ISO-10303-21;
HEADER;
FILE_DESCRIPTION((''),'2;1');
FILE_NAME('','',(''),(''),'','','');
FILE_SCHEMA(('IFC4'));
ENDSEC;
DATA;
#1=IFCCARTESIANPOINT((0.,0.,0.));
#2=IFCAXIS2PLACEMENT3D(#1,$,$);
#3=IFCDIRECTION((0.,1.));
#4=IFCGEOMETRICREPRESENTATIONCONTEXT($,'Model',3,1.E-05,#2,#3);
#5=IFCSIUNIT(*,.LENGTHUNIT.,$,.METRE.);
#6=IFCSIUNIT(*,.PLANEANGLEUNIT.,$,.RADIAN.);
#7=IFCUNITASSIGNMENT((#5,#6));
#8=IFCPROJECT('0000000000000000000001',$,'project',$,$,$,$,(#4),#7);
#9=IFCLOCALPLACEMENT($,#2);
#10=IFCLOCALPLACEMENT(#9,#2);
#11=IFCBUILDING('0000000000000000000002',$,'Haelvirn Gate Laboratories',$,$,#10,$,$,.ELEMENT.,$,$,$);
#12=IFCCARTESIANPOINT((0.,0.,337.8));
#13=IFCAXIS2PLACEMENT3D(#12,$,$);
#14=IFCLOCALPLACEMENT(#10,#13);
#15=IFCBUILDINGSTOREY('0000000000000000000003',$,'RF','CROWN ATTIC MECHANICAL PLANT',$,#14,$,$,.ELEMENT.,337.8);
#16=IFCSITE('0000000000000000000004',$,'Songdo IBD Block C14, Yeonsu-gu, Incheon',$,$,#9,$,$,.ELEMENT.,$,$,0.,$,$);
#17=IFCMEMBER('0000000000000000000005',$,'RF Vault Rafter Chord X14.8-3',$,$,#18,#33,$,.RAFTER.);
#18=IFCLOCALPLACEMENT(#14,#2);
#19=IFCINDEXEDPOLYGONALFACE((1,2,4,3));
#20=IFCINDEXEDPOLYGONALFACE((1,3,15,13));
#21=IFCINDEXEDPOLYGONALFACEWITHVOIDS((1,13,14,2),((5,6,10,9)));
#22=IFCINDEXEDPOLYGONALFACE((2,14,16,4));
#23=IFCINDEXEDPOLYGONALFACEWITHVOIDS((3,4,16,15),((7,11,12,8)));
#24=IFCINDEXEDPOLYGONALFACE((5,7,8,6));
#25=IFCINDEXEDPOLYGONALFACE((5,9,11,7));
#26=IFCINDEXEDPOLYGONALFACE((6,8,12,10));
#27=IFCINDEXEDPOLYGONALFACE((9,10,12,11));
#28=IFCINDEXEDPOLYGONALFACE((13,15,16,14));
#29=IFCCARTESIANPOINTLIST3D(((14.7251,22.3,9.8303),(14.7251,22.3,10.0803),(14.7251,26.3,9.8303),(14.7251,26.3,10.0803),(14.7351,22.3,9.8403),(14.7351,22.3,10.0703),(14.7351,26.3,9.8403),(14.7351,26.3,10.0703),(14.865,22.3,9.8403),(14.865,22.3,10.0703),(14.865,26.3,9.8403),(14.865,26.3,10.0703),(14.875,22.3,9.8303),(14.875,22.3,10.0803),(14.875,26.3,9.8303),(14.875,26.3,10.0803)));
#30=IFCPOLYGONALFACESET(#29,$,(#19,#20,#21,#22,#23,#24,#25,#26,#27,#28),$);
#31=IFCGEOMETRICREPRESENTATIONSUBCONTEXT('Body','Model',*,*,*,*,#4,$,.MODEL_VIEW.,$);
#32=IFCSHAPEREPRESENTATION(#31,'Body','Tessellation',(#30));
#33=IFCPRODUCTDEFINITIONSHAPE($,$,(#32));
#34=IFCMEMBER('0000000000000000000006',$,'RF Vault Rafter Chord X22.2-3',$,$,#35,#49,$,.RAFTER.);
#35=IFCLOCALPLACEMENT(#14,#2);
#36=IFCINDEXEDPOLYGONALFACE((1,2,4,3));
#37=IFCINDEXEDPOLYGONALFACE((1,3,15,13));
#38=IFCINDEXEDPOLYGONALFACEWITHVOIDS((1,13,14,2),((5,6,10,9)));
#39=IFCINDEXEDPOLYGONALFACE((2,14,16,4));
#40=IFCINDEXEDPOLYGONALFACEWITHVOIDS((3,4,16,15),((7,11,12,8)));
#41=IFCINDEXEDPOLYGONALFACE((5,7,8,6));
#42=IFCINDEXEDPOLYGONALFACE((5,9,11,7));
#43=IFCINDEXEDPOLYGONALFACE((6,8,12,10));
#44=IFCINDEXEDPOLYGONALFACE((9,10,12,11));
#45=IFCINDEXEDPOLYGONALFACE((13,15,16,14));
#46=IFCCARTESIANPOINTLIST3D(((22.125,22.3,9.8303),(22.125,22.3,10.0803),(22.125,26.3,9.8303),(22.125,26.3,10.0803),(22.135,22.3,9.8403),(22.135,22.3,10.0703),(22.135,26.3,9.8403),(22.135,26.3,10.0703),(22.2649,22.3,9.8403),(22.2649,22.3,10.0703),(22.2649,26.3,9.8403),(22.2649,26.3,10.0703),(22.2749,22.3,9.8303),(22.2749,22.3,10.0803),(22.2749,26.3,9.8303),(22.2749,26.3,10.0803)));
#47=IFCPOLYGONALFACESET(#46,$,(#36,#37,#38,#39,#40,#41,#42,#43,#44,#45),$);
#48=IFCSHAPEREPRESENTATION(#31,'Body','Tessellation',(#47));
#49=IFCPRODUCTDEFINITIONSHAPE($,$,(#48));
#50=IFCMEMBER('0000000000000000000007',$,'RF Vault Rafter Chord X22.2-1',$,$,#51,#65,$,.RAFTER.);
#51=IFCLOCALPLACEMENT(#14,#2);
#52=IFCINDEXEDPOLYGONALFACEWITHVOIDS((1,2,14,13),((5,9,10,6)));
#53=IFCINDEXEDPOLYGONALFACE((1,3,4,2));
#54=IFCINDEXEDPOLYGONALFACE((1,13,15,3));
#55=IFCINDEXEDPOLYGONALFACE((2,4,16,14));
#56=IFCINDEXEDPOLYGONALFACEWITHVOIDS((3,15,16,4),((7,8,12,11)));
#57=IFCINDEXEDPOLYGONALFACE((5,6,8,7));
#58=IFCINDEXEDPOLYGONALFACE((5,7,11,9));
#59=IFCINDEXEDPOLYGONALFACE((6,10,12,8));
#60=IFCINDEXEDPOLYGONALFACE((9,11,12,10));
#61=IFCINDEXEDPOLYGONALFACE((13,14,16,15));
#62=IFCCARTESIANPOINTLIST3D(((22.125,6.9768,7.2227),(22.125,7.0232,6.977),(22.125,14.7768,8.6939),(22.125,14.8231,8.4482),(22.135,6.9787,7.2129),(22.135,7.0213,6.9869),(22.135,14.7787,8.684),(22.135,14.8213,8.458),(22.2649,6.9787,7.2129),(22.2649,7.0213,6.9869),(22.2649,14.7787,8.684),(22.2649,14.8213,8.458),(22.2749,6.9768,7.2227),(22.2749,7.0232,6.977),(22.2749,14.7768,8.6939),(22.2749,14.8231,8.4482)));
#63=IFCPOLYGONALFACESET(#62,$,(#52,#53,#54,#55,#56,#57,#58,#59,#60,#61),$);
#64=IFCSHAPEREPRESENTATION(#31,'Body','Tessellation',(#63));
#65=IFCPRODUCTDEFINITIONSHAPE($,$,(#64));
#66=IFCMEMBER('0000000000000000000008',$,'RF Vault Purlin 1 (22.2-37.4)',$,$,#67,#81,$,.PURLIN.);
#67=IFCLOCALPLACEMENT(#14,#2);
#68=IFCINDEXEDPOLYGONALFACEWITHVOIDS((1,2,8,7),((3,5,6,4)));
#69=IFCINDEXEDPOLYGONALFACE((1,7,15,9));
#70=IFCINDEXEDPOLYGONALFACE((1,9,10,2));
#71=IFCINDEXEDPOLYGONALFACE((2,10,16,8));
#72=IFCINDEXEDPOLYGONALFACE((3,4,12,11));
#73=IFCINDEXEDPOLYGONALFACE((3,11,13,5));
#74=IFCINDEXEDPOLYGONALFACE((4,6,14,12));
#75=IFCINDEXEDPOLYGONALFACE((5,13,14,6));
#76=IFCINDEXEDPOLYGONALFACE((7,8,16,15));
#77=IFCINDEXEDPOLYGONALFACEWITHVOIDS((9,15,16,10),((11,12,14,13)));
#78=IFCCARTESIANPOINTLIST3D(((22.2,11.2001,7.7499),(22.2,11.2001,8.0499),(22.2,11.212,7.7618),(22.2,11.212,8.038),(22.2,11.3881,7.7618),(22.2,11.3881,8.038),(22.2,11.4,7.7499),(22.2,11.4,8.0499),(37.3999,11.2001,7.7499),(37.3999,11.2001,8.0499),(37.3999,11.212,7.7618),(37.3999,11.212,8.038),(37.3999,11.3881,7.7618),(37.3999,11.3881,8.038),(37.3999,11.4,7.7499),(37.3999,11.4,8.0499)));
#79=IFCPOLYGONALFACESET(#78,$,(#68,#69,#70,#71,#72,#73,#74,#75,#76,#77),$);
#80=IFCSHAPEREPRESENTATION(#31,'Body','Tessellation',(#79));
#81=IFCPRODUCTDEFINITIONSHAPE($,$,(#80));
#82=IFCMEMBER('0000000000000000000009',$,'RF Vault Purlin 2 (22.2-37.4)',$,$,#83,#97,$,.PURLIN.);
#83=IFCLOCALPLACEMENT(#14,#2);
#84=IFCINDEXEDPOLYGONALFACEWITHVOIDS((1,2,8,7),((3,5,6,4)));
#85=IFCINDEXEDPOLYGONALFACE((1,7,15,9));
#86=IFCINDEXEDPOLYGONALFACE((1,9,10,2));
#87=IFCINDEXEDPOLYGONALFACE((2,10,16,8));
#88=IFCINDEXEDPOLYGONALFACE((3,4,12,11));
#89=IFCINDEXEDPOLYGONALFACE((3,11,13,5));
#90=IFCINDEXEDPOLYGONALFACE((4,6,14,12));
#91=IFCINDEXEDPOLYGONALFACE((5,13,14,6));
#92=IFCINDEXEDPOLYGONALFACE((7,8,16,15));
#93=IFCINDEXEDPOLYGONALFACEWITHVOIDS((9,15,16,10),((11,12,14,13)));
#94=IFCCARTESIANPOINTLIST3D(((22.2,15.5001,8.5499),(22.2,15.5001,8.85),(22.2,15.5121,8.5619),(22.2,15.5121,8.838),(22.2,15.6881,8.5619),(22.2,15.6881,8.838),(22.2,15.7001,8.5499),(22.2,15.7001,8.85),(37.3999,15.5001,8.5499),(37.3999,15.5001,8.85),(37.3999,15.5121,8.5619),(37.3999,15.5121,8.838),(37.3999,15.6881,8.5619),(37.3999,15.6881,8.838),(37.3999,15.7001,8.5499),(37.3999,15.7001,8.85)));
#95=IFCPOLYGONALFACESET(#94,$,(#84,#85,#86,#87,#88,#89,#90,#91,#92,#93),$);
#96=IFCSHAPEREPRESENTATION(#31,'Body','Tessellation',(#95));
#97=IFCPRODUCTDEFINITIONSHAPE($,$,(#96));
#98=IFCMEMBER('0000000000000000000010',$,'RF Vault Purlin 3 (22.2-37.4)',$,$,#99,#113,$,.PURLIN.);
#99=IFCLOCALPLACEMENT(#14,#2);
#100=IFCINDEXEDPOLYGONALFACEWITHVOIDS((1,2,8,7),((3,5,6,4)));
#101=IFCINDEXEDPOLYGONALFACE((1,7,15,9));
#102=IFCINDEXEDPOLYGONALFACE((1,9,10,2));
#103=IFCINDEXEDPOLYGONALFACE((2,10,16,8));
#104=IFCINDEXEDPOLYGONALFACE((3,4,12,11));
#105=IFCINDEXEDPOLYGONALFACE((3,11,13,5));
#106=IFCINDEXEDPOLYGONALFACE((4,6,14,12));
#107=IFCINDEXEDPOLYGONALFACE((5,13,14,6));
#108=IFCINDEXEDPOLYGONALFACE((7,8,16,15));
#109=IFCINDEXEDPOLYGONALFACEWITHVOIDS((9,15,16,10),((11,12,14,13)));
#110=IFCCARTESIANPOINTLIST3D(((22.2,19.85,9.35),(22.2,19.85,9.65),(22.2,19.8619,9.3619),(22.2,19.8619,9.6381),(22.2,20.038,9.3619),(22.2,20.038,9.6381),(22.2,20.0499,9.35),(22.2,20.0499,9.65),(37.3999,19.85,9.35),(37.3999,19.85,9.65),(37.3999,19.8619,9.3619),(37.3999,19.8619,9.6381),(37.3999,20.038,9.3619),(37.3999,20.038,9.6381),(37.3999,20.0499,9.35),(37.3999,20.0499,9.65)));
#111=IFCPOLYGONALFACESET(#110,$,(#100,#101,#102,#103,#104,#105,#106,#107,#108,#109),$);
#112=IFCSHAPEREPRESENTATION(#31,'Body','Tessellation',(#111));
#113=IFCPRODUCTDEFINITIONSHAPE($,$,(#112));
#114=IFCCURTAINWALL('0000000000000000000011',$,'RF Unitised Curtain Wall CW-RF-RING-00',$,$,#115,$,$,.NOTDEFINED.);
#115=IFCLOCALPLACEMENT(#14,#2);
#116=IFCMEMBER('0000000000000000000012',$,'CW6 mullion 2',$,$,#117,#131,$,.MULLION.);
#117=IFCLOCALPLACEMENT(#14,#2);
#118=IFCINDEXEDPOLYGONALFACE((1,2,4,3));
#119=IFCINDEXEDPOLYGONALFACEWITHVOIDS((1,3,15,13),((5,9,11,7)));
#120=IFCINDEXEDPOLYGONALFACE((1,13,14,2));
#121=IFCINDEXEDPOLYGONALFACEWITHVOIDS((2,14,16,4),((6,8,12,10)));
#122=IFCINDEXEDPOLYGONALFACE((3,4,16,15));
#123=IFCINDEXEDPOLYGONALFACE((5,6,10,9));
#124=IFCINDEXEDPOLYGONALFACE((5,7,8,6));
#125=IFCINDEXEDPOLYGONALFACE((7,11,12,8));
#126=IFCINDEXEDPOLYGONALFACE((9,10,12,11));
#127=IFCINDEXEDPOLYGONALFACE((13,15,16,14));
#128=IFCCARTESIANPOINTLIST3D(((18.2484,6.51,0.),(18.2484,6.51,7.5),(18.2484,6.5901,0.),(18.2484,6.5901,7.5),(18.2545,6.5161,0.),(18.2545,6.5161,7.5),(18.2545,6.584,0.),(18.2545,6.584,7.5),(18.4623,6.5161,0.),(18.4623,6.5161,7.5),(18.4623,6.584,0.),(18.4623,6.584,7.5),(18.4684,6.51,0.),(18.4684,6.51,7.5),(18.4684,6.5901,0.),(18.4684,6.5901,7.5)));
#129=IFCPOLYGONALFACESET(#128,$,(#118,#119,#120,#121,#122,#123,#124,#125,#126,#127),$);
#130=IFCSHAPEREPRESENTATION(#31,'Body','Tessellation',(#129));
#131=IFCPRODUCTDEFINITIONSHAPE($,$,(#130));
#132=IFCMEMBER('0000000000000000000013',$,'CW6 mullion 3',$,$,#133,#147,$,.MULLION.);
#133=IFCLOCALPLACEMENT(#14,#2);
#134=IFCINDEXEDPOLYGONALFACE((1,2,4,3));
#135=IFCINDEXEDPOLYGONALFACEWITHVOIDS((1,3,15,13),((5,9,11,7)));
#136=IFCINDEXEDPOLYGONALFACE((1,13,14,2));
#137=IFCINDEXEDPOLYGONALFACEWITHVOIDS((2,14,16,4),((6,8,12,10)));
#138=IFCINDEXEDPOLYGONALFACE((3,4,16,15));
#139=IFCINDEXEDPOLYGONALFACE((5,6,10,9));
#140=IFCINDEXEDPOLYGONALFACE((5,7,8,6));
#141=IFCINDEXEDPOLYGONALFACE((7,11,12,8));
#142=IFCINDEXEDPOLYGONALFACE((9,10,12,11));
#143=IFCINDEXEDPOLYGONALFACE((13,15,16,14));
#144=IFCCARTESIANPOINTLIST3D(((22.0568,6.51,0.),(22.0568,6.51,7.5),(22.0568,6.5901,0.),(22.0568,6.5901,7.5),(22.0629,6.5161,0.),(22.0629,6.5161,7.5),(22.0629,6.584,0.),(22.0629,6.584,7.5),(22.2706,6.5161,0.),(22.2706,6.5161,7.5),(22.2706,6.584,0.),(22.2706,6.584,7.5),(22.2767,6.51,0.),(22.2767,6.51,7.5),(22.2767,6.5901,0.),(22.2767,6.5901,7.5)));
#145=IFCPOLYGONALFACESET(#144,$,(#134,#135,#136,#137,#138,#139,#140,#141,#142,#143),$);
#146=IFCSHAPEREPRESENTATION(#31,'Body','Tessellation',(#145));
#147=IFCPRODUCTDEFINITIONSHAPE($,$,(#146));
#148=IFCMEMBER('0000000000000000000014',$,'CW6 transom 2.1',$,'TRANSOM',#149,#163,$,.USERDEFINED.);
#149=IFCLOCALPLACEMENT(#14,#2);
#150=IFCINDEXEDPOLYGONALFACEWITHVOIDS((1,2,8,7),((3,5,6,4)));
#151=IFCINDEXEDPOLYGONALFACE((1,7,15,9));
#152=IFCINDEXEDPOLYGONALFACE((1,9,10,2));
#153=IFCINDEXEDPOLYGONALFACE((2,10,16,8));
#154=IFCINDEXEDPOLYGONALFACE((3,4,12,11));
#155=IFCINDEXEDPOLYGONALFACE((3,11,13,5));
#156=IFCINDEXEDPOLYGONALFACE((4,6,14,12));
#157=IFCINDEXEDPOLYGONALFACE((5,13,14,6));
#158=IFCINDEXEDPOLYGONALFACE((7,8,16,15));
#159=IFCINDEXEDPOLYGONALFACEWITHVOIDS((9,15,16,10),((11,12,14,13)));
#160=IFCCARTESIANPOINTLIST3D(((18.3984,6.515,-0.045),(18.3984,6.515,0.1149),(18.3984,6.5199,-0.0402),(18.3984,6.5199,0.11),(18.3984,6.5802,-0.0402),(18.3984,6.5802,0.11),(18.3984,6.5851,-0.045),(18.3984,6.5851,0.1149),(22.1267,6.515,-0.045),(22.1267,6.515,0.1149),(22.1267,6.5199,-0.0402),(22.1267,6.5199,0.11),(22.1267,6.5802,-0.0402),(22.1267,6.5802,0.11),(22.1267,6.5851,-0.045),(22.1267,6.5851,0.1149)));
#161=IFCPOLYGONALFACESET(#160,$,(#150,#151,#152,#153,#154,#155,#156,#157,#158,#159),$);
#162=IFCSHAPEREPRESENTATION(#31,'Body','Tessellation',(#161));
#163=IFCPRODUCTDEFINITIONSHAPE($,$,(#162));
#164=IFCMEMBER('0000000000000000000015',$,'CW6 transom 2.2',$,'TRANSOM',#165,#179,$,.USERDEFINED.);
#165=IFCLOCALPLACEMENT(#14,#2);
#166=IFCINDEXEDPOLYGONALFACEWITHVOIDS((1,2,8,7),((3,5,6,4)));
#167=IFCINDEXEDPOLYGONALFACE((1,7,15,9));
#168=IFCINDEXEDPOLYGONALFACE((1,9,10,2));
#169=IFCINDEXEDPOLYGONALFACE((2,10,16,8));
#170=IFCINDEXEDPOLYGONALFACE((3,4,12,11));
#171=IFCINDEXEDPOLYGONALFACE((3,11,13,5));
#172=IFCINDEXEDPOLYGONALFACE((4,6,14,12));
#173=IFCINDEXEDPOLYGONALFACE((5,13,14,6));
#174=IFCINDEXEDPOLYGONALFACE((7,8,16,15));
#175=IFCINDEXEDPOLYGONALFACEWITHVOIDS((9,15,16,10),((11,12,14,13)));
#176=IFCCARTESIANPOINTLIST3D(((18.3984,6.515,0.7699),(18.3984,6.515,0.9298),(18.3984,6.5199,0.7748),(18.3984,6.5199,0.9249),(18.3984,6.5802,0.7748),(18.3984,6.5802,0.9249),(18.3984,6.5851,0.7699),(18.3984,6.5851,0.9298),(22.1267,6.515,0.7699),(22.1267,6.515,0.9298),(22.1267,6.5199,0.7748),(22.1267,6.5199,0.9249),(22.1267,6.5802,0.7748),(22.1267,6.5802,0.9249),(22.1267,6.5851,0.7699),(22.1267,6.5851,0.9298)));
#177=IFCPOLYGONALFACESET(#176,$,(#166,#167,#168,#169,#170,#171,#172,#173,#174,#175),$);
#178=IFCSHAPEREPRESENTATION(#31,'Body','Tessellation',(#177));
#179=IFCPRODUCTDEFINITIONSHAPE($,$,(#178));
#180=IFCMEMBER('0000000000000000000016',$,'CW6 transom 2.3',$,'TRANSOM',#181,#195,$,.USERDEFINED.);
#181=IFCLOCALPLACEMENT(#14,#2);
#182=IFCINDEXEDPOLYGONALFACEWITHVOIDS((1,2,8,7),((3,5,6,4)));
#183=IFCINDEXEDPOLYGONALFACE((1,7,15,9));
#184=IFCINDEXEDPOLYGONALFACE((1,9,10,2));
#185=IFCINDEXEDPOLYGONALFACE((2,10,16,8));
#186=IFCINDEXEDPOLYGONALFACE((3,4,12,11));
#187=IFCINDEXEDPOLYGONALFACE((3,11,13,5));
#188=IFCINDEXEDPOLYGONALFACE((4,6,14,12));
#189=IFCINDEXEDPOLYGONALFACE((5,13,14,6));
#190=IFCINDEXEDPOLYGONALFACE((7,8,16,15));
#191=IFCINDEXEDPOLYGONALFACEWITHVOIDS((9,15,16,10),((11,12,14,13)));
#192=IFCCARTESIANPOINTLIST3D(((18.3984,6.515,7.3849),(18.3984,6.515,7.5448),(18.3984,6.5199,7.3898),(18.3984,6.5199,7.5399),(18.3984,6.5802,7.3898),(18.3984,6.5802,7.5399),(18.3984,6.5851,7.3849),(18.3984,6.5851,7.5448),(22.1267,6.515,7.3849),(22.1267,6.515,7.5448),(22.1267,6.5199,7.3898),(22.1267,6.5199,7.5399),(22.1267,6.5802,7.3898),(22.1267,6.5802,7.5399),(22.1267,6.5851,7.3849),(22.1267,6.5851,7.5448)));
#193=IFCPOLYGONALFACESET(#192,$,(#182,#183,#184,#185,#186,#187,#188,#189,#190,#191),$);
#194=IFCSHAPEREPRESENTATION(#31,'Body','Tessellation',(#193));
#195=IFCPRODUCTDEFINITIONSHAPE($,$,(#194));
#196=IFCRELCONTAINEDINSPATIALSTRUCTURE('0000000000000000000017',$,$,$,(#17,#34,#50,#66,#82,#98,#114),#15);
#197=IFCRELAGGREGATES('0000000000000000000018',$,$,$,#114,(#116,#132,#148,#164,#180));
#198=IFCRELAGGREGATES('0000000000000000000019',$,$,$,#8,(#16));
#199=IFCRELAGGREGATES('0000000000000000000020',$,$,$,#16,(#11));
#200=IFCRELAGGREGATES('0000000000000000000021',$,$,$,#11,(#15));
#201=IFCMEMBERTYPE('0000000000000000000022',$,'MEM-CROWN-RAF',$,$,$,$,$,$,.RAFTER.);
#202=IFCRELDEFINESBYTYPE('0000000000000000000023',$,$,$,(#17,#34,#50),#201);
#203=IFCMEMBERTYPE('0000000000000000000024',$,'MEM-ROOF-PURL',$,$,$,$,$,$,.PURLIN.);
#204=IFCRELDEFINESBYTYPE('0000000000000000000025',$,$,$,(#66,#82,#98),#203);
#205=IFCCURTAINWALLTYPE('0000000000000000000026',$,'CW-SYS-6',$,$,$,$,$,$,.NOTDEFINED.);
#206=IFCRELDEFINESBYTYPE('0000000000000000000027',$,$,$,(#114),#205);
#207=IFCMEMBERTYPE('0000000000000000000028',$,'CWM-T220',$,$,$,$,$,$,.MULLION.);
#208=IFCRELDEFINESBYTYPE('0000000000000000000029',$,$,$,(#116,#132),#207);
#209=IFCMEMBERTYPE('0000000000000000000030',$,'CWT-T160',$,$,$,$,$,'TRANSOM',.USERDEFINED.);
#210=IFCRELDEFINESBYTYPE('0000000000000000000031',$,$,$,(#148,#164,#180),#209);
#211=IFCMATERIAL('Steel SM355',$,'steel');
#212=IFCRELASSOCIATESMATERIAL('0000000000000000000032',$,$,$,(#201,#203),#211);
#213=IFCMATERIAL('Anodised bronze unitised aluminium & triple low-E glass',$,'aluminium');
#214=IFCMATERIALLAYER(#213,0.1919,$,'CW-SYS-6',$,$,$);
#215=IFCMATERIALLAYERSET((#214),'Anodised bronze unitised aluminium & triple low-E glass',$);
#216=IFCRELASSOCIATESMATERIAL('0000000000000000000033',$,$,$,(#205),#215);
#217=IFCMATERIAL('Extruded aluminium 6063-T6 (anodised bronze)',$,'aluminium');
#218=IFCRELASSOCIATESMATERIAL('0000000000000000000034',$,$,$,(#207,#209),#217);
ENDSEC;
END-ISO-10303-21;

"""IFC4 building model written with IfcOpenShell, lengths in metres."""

from ifc_helpers import new_model, si_unit, direction, frame, origin, origin_2d, place, context, subcontext, project, spatial, hollow_rectangle, extrude, source, transform, mapped, material, layer, layer_set, material_profile, profile_set, type_object, type_shapes, element, aggregate, save


model = new_model("IFC4")

# Units and contexts
model_context = context("Model", 3, precision=1e-05, world=origin(), true_north=direction((0.0, 1.0)))
body_context = subcontext(model_context, "Body", "Model", "MODEL_VIEW")
ifc_project = project(units=[si_unit("LENGTHUNIT", "METRE"), si_unit("PLANEANGLEUNIT", "RADIAN")], contexts=[model_context])

# Site, building, storey
site_placement = place(None, origin())
site = spatial("IfcSite", under=ifc_project, at=site_placement, Name="Songdo IBD Block C14, Yeonsu-gu, Incheon", CompositionType="ELEMENT", RefElevation=0.0)
building_placement = place(site_placement, origin())
building = spatial("IfcBuilding", under=site, at=building_placement, Name="Haelvirn Gate Laboratories", CompositionType="ELEMENT")
storey_placement = place(building_placement, frame((0.0, 0.0, 337.8)))
storey = spatial("IfcBuildingStorey", under=building, at=storey_placement, Name="RF", Description="CROWN ATTIC MECHANICAL PLANT", CompositionType="ELEMENT", Elevation=337.8)

# Shared definitions
ifc_material_1 = material(Name="Steel SM355", Category="steel")

# Members
ifc_material_profile_1 = material_profile(ifc_material_1, hollow_rectangle(XDim=0.1499, YDim=0.25, WallThickness=0.01, at=origin_2d()), Name="RHS-250x150x10")
ifc_profile_set_1 = profile_set([ifc_material_profile_1], Name="Steel SM355")
member_type_1 = type_object("IfcMemberType", Name="MEM-CROWN-RAF", PredefinedType="RAFTER", material=ifc_profile_set_1)
shared_shape_1 = source(origin(), body_context, "Body", "SweptSolid", [
    extrude(hollow_rectangle(XDim=0.1499, YDim=0.25, WallThickness=0.01, at=origin_2d()), origin(), (0.0, 0.0, 1.0), 4.0),
])
for number, where, z_axis, x_axis, name in (
    (1, (14.8, 22.3, 9.9553), (0.0, 1.0, 0.0), (-1.0, 0.0, 0.0), "RF Vault Rafter Chord X14.8-3"),
    (2, (22.2, 22.3, 9.9553), (0.0, 1.0, 0.0), (-1.0, 0.0, 0.0), "RF Vault Rafter Chord X22.2-3"),
):
    element("IfcMember", number, at=place(storey_placement, frame(where, z_axis=z_axis, x_axis=x_axis)), inside=storey, type_object=member_type_1, Name=name, PredefinedType="RAFTER", context=body_context, shape_type="MappedRepresentation", body=[
        mapped(shared_shape_1, transform((0.0, 0.0, 0.0), scale=1.0)),
    ])
shared_shape_2 = source(origin(), body_context, "Body", "SweptSolid", [
    extrude(hollow_rectangle(XDim=0.1499, YDim=0.25, WallThickness=0.01, at=origin_2d()), origin(), (0.0, 0.0, 1.0), 7.9375),
])
member_1_placement = place(storey_placement, frame((22.2, 7.0, 7.0999), z_axis=(0.0, 0.982673, 0.185345), x_axis=(-1.0, 0.0, 0.0)))
element("IfcMember", 3, at=member_1_placement, inside=storey, type_object=member_type_1, Name="RF Vault Rafter Chord X22.2-1", PredefinedType="RAFTER", context=body_context, shape_type="MappedRepresentation", body=[
    mapped(shared_shape_2, transform((0.0, 0.0, 0.0), scale=1.0)),
])
ifc_material_profile_2 = material_profile(ifc_material_1, hollow_rectangle(XDim=0.2, YDim=0.3, WallThickness=0.012, at=origin_2d()), Name="RHS-300x200x12")
ifc_profile_set_2 = profile_set([ifc_material_profile_2], Name="Steel SM355")
member_type_2 = type_object("IfcMemberType", Name="MEM-ROOF-PURL", PredefinedType="PURLIN", material=ifc_profile_set_2)
shared_shape_3 = source(origin(), body_context, "Body", "SweptSolid", [
    extrude(hollow_rectangle(XDim=0.2, YDim=0.3, WallThickness=0.012, at=origin_2d()), origin(), (0.0, 0.0, 1.0), 15.2),
])
type_shapes(member_type_2, [shared_shape_3])
for number, where, z_axis, x_axis, name in (
    (4, (22.2, 11.3, 7.8999), (1.0, 0.0, 0.0), (0.0, 1.0, 0.0), "RF Vault Purlin 1 (22.2-37.4)"),
    (5, (22.2, 15.6001, 8.7), (1.0, 0.0, 0.0), (0.0, 1.0, 0.0), "RF Vault Purlin 2 (22.2-37.4)"),
    (6, (22.2, 19.95, 9.5), (1.0, 0.0, 0.0), (0.0, 1.0, 0.0), "RF Vault Purlin 3 (22.2-37.4)"),
):
    element("IfcMember", number, at=place(storey_placement, frame(where, z_axis=z_axis, x_axis=x_axis)), inside=storey, type_object=member_type_2, Name=name, PredefinedType="PURLIN", context=body_context, shape_type="MappedRepresentation", body=[
        mapped(shared_shape_3, transform((0.0, 0.0, 0.0), scale=1.0)),
    ])

# Curtain wall, members
ifc_material_2 = material(Name="Anodised bronze unitised aluminium & triple low-E glass", Category="aluminium")
ifc_layer_1 = layer(ifc_material_2, 0.1919, Name="CW-SYS-6")
ifc_layer_set_1 = layer_set([ifc_layer_1], Name="Anodised bronze unitised aluminium & triple low-E glass")
curtain_wall_type = type_object("IfcCurtainWallType", Name="CW-SYS-6", PredefinedType="NOTDEFINED", material=ifc_layer_set_1)
curtain_wall_placement = place(storey_placement, origin())
curtain_wall = element("IfcCurtainWall", 7, at=curtain_wall_placement, inside=storey, type_object=curtain_wall_type, Name="RF Unitised Curtain Wall CW-RF-RING-00", PredefinedType="NOTDEFINED")
ifc_material_3 = material(Name="Extruded aluminium 6063-T6 (anodised bronze)", Category="aluminium")
ifc_material_profile_3 = material_profile(ifc_material_3, hollow_rectangle(XDim=0.0801, YDim=0.22, WallThickness=0.0061, at=origin_2d()), Name="CWM-220x80x6")
ifc_profile_set_3 = profile_set([ifc_material_profile_3], Name="Extruded aluminium 6063-T6 (anodised bronze)")
member_type_3 = type_object("IfcMemberType", Name="CWM-T220", PredefinedType="MULLION", material=ifc_profile_set_3)
shared_shape_4 = source(origin(), body_context, "Body", "SweptSolid", [
    extrude(hollow_rectangle(XDim=0.0801, YDim=0.22, WallThickness=0.0061, at=origin_2d()), origin(), (0.0, 0.0, 1.0), 7.5),
])
type_shapes(member_type_3, [shared_shape_4])
member_2_placement = place(storey_placement, frame((18.3584, 6.55, 0.0), z_axis=(0.0, 0.0, 1.0), x_axis=(0.0, 1.0, 0.0)))
member_2 = element("IfcMember", 8, at=member_2_placement, type_object=member_type_3, Name="CW6 mullion 2", PredefinedType="MULLION", context=body_context, shape_type="MappedRepresentation", body=[
    mapped(shared_shape_4, transform((0.0, 0.0, 0.0), scale=1.0)),
])
member_3_placement = place(storey_placement, frame((22.1667, 6.55, 0.0), z_axis=(0.0, 0.0, 1.0), x_axis=(0.0, 1.0, 0.0)))
member_3 = element("IfcMember", 9, at=member_3_placement, type_object=member_type_3, Name="CW6 mullion 3", PredefinedType="MULLION", context=body_context, shape_type="MappedRepresentation", body=[
    mapped(shared_shape_4, transform((0.0, 0.0, 0.0), scale=1.0)),
])
ifc_material_profile_4 = material_profile(ifc_material_3, hollow_rectangle(XDim=0.0701, YDim=0.1599, WallThickness=0.0049, at=origin_2d()), Name="CWT-160x70x5")
ifc_profile_set_4 = profile_set([ifc_material_profile_4], Name="Extruded aluminium 6063-T6 (anodised bronze)")
member_type_4 = type_object("IfcMemberType", Name="CWT-T160", ElementType="TRANSOM", PredefinedType="USERDEFINED", material=ifc_profile_set_4)
shared_shape_5 = source(origin(), body_context, "Body", "SweptSolid", [
    extrude(hollow_rectangle(XDim=0.0701, YDim=0.1599, WallThickness=0.0049, at=origin_2d()), origin(), (0.0, 0.0, 1.0), 3.7283),
])
type_shapes(member_type_4, [shared_shape_5])
member_4_placement = place(storey_placement, frame((18.3984, 6.55, 0.0349), z_axis=(1.0, 0.0, 0.0), x_axis=(0.0, 1.0, 0.0)))
member_4 = element("IfcMember", 10, at=member_4_placement, type_object=member_type_4, Name="CW6 transom 2.1", ObjectType="TRANSOM", PredefinedType="USERDEFINED", context=body_context, shape_type="MappedRepresentation", body=[
    mapped(shared_shape_5, transform((0.0, 0.0, 0.0), scale=1.0)),
])
member_5_placement = place(storey_placement, frame((18.3984, 6.55, 0.8499), z_axis=(1.0, 0.0, 0.0), x_axis=(0.0, 1.0, 0.0)))
member_5 = element("IfcMember", 11, at=member_5_placement, type_object=member_type_4, Name="CW6 transom 2.2", ObjectType="TRANSOM", PredefinedType="USERDEFINED", context=body_context, shape_type="MappedRepresentation", body=[
    mapped(shared_shape_5, transform((0.0, 0.0, 0.0), scale=1.0)),
])
member_6_placement = place(storey_placement, frame((18.3984, 6.55, 7.4648), z_axis=(1.0, 0.0, 0.0), x_axis=(0.0, 1.0, 0.0)))
member_6 = element("IfcMember", 12, at=member_6_placement, type_object=member_type_4, Name="CW6 transom 2.3", ObjectType="TRANSOM", PredefinedType="USERDEFINED", context=body_context, shape_type="MappedRepresentation", body=[
    mapped(shared_shape_5, transform((0.0, 0.0, 0.0), scale=1.0)),
])

aggregate(curtain_wall, [member_2, member_3, member_4, member_5, member_6])

save(model, "model.ifc")
